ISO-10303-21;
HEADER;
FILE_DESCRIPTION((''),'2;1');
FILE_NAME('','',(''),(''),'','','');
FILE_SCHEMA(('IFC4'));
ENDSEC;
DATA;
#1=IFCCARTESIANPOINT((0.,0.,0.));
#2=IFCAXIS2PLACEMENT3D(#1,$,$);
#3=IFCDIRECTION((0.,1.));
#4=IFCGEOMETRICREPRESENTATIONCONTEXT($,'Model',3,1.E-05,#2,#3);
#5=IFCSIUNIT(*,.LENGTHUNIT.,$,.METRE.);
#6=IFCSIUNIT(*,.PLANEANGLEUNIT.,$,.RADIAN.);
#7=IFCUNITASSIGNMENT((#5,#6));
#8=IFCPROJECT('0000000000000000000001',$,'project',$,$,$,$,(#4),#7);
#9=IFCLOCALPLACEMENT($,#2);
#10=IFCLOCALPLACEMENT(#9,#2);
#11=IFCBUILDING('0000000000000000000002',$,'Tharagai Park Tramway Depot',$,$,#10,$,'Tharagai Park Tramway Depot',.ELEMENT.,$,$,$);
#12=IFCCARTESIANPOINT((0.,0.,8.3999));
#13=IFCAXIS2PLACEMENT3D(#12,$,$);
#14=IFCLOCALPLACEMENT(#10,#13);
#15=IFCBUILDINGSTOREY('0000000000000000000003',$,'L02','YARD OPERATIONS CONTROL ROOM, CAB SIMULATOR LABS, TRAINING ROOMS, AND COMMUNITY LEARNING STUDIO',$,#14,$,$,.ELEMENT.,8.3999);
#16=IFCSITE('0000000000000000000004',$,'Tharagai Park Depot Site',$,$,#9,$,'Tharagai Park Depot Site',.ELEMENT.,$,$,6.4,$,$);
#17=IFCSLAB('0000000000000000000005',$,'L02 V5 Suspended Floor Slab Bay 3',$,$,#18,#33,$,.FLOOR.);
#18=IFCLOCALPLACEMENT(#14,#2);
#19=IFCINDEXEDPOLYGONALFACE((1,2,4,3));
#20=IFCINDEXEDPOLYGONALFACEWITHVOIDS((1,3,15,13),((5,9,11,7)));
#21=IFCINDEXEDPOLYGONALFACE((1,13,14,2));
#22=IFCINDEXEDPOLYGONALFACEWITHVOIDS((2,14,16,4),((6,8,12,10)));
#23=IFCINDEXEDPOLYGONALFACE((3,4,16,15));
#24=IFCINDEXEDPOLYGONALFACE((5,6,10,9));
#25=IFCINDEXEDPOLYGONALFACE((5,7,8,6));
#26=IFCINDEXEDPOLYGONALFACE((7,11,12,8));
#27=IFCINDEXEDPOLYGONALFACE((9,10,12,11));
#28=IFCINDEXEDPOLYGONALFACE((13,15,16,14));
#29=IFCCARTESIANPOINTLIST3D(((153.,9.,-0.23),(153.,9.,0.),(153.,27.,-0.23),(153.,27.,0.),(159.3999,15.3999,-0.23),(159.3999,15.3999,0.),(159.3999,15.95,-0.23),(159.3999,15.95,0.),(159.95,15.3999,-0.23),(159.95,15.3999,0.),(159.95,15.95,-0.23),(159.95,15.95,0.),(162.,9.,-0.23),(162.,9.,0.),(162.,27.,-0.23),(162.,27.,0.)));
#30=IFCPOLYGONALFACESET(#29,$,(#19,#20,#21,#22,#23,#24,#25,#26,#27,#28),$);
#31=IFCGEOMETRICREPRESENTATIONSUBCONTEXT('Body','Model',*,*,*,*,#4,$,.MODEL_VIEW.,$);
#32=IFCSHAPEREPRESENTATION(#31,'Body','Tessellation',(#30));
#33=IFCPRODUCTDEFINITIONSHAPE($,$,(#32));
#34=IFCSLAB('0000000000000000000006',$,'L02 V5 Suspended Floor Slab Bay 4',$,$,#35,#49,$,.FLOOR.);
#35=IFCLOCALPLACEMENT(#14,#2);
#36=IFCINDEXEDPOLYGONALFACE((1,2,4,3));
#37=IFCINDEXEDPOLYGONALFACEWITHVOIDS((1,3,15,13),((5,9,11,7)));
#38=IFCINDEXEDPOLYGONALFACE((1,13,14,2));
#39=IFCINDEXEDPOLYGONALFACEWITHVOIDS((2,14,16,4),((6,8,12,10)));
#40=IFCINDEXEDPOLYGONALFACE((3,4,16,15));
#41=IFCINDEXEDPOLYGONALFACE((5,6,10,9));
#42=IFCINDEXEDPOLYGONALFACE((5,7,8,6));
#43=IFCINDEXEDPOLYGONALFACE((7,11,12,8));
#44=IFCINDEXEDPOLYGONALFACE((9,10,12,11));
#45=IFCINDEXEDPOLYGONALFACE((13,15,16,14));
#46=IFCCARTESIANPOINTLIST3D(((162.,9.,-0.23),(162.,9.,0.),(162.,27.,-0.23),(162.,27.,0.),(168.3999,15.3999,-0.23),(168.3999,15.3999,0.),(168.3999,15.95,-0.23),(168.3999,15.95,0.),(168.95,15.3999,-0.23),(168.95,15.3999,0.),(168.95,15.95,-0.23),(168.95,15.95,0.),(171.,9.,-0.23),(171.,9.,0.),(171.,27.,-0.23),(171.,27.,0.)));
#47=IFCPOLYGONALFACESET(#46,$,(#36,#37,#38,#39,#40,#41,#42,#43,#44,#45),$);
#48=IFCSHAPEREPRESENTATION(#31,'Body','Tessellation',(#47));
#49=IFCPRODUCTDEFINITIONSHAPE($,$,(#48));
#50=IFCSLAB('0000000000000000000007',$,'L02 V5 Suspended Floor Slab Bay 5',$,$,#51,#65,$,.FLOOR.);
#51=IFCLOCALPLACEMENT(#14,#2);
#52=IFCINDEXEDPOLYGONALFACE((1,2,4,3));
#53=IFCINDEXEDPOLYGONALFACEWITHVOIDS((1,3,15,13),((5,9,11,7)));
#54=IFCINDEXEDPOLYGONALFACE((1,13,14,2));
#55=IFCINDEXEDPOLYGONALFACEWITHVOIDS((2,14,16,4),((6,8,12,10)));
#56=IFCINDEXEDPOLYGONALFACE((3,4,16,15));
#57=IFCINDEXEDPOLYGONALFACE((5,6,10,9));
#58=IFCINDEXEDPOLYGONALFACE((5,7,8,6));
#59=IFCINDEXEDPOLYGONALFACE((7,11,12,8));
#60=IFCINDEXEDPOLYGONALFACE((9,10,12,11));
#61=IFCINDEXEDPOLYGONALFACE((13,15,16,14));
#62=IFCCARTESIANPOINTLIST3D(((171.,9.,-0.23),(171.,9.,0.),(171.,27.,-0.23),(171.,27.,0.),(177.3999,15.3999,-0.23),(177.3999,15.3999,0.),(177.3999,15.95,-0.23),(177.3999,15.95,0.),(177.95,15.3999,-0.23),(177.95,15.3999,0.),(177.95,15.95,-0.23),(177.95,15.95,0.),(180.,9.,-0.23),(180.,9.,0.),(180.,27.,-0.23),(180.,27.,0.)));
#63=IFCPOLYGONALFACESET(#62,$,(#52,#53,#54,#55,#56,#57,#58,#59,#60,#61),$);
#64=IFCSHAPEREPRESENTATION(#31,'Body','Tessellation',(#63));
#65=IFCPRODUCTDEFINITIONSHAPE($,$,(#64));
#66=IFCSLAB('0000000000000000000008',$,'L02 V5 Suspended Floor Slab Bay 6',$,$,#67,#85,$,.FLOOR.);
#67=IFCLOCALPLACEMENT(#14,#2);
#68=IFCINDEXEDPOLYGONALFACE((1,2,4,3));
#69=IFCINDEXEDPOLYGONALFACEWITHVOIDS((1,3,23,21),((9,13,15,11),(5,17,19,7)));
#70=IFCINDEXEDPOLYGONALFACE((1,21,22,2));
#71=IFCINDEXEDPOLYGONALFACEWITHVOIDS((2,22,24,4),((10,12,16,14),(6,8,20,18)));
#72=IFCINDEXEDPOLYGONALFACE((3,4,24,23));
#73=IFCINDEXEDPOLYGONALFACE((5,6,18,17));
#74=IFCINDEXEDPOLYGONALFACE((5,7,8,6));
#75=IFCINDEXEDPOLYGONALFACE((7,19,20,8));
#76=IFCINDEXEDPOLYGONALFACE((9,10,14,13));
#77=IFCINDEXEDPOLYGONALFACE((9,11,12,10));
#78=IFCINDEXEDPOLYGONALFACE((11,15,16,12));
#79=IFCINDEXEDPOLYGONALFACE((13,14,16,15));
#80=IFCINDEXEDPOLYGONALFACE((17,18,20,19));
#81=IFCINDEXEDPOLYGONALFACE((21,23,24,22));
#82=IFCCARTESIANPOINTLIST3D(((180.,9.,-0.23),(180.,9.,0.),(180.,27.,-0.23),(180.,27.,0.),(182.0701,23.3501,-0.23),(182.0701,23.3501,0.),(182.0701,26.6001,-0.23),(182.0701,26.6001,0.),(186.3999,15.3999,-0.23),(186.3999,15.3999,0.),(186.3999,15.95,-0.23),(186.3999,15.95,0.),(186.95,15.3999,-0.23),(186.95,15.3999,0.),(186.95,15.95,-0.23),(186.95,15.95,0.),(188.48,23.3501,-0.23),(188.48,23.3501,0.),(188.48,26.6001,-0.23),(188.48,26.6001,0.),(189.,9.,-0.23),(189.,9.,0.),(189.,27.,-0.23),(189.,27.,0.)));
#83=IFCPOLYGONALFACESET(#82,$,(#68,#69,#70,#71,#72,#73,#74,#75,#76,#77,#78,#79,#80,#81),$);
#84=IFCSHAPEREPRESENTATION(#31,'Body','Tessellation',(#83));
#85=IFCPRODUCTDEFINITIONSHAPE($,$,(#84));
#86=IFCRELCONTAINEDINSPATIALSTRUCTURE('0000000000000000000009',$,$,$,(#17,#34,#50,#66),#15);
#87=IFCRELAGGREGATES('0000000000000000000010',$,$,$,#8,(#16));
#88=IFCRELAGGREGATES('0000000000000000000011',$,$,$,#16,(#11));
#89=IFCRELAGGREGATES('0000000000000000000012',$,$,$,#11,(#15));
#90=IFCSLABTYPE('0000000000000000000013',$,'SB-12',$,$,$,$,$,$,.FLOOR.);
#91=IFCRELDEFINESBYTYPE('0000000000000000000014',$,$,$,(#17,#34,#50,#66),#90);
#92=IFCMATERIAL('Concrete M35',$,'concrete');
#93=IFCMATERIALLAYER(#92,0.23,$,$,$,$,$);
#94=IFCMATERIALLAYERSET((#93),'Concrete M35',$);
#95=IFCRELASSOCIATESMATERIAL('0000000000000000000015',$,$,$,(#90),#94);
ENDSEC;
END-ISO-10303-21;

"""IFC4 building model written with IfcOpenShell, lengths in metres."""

from ifc_helpers import new_model, si_unit, direction, frame, origin, place, context, subcontext, project, spatial, polyline, outline, extrude, material, layer, layer_set, type_object, element, save


model = new_model("IFC4")

# Units and contexts
model_context = context("Model", 3, precision=1e-05, world=origin(), true_north=direction((0.0, 1.0)))
body_context = subcontext(model_context, "Body", "Model", "MODEL_VIEW")
ifc_project = project(units=[si_unit("LENGTHUNIT", "METRE"), si_unit("PLANEANGLEUNIT", "RADIAN")], contexts=[model_context])

# Site, building, storey
site_placement = place(None, origin())
site = spatial("IfcSite", under=ifc_project, at=site_placement, Name="Tharagai Park Depot Site", LongName="Tharagai Park Depot Site", CompositionType="ELEMENT", RefElevation=6.4)
building_placement = place(site_placement, origin())
building = spatial("IfcBuilding", under=site, at=building_placement, Name="Tharagai Park Tramway Depot", LongName="Tharagai Park Tramway Depot", CompositionType="ELEMENT")
storey_placement = place(building_placement, frame((0.0, 0.0, 8.3999)))
storey = spatial("IfcBuildingStorey", under=building, at=storey_placement, Name="L02", Description="YARD OPERATIONS CONTROL ROOM, CAB SIMULATOR LABS, TRAINING ROOMS, AND COMMUNITY LEARNING STUDIO", CompositionType="ELEMENT", Elevation=8.3999)

# Slabs
ifc_material_1 = material(Name="Concrete M35", Category="concrete")
ifc_layer_1 = layer(ifc_material_1, 0.23)
ifc_layer_set_1 = layer_set([ifc_layer_1], Name="Concrete M35")
slab_type_1 = type_object("IfcSlabType", Name="SB-12", PredefinedType="FLOOR", material=ifc_layer_set_1)
slab_1_placement = place(storey_placement, frame((0.0, 0.0, -0.23)))
element("IfcSlab", 1, at=slab_1_placement, inside=storey, type_object=slab_type_1, Name="L02 V5 Suspended Floor Slab Bay 3", PredefinedType="FLOOR", context=body_context, shape_type="SweptSolid", body=[
    extrude(outline(polyline([(153.0, 9.0), (162.0, 9.0), (162.0, 27.0), (153.0, 27.0), (153.0, 9.0)]), holes=[polyline([(159.3999, 15.3999), (159.95, 15.3999), (159.95, 15.95), (159.3999, 15.95), (159.3999, 15.3999)])]), origin(), (0.0, 0.0, 1.0), 0.23),
])
slab_2_placement = place(storey_placement, frame((0.0, 0.0, -0.23)))
element("IfcSlab", 2, at=slab_2_placement, inside=storey, type_object=slab_type_1, Name="L02 V5 Suspended Floor Slab Bay 4", PredefinedType="FLOOR", context=body_context, shape_type="SweptSolid", body=[
    extrude(outline(polyline([(162.0, 9.0), (171.0, 9.0), (171.0, 27.0), (162.0, 27.0), (162.0, 9.0)]), holes=[polyline([(168.3999, 15.3999), (168.95, 15.3999), (168.95, 15.95), (168.3999, 15.95), (168.3999, 15.3999)])]), origin(), (0.0, 0.0, 1.0), 0.23),
])
slab_3_placement = place(storey_placement, frame((0.0, 0.0, -0.23)))
element("IfcSlab", 3, at=slab_3_placement, inside=storey, type_object=slab_type_1, Name="L02 V5 Suspended Floor Slab Bay 5", PredefinedType="FLOOR", context=body_context, shape_type="SweptSolid", body=[
    extrude(outline(polyline([(171.0, 9.0), (180.0, 9.0), (180.0, 27.0), (171.0, 27.0), (171.0, 9.0)]), holes=[polyline([(177.3999, 15.3999), (177.95, 15.3999), (177.95, 15.95), (177.3999, 15.95), (177.3999, 15.3999)])]), origin(), (0.0, 0.0, 1.0), 0.23),
])
slab_4_placement = place(storey_placement, frame((0.0, 0.0, -0.23)))
element("IfcSlab", 4, at=slab_4_placement, inside=storey, type_object=slab_type_1, Name="L02 V5 Suspended Floor Slab Bay 6", PredefinedType="FLOOR", context=body_context, shape_type="SweptSolid", body=[
    extrude(outline(polyline([(180.0, 9.0), (189.0, 9.0), (189.0, 27.0), (180.0, 27.0), (180.0, 9.0)]), holes=[polyline([(182.0701, 23.3501), (188.48, 23.3501), (188.48, 26.6001), (182.0701, 26.6001), (182.0701, 23.3501)]), polyline([(186.3999, 15.3999), (186.95, 15.3999), (186.95, 15.95), (186.3999, 15.95), (186.3999, 15.3999)])]), origin(), (0.0, 0.0, 1.0), 0.23),
])

save(model, "model.ifc")
